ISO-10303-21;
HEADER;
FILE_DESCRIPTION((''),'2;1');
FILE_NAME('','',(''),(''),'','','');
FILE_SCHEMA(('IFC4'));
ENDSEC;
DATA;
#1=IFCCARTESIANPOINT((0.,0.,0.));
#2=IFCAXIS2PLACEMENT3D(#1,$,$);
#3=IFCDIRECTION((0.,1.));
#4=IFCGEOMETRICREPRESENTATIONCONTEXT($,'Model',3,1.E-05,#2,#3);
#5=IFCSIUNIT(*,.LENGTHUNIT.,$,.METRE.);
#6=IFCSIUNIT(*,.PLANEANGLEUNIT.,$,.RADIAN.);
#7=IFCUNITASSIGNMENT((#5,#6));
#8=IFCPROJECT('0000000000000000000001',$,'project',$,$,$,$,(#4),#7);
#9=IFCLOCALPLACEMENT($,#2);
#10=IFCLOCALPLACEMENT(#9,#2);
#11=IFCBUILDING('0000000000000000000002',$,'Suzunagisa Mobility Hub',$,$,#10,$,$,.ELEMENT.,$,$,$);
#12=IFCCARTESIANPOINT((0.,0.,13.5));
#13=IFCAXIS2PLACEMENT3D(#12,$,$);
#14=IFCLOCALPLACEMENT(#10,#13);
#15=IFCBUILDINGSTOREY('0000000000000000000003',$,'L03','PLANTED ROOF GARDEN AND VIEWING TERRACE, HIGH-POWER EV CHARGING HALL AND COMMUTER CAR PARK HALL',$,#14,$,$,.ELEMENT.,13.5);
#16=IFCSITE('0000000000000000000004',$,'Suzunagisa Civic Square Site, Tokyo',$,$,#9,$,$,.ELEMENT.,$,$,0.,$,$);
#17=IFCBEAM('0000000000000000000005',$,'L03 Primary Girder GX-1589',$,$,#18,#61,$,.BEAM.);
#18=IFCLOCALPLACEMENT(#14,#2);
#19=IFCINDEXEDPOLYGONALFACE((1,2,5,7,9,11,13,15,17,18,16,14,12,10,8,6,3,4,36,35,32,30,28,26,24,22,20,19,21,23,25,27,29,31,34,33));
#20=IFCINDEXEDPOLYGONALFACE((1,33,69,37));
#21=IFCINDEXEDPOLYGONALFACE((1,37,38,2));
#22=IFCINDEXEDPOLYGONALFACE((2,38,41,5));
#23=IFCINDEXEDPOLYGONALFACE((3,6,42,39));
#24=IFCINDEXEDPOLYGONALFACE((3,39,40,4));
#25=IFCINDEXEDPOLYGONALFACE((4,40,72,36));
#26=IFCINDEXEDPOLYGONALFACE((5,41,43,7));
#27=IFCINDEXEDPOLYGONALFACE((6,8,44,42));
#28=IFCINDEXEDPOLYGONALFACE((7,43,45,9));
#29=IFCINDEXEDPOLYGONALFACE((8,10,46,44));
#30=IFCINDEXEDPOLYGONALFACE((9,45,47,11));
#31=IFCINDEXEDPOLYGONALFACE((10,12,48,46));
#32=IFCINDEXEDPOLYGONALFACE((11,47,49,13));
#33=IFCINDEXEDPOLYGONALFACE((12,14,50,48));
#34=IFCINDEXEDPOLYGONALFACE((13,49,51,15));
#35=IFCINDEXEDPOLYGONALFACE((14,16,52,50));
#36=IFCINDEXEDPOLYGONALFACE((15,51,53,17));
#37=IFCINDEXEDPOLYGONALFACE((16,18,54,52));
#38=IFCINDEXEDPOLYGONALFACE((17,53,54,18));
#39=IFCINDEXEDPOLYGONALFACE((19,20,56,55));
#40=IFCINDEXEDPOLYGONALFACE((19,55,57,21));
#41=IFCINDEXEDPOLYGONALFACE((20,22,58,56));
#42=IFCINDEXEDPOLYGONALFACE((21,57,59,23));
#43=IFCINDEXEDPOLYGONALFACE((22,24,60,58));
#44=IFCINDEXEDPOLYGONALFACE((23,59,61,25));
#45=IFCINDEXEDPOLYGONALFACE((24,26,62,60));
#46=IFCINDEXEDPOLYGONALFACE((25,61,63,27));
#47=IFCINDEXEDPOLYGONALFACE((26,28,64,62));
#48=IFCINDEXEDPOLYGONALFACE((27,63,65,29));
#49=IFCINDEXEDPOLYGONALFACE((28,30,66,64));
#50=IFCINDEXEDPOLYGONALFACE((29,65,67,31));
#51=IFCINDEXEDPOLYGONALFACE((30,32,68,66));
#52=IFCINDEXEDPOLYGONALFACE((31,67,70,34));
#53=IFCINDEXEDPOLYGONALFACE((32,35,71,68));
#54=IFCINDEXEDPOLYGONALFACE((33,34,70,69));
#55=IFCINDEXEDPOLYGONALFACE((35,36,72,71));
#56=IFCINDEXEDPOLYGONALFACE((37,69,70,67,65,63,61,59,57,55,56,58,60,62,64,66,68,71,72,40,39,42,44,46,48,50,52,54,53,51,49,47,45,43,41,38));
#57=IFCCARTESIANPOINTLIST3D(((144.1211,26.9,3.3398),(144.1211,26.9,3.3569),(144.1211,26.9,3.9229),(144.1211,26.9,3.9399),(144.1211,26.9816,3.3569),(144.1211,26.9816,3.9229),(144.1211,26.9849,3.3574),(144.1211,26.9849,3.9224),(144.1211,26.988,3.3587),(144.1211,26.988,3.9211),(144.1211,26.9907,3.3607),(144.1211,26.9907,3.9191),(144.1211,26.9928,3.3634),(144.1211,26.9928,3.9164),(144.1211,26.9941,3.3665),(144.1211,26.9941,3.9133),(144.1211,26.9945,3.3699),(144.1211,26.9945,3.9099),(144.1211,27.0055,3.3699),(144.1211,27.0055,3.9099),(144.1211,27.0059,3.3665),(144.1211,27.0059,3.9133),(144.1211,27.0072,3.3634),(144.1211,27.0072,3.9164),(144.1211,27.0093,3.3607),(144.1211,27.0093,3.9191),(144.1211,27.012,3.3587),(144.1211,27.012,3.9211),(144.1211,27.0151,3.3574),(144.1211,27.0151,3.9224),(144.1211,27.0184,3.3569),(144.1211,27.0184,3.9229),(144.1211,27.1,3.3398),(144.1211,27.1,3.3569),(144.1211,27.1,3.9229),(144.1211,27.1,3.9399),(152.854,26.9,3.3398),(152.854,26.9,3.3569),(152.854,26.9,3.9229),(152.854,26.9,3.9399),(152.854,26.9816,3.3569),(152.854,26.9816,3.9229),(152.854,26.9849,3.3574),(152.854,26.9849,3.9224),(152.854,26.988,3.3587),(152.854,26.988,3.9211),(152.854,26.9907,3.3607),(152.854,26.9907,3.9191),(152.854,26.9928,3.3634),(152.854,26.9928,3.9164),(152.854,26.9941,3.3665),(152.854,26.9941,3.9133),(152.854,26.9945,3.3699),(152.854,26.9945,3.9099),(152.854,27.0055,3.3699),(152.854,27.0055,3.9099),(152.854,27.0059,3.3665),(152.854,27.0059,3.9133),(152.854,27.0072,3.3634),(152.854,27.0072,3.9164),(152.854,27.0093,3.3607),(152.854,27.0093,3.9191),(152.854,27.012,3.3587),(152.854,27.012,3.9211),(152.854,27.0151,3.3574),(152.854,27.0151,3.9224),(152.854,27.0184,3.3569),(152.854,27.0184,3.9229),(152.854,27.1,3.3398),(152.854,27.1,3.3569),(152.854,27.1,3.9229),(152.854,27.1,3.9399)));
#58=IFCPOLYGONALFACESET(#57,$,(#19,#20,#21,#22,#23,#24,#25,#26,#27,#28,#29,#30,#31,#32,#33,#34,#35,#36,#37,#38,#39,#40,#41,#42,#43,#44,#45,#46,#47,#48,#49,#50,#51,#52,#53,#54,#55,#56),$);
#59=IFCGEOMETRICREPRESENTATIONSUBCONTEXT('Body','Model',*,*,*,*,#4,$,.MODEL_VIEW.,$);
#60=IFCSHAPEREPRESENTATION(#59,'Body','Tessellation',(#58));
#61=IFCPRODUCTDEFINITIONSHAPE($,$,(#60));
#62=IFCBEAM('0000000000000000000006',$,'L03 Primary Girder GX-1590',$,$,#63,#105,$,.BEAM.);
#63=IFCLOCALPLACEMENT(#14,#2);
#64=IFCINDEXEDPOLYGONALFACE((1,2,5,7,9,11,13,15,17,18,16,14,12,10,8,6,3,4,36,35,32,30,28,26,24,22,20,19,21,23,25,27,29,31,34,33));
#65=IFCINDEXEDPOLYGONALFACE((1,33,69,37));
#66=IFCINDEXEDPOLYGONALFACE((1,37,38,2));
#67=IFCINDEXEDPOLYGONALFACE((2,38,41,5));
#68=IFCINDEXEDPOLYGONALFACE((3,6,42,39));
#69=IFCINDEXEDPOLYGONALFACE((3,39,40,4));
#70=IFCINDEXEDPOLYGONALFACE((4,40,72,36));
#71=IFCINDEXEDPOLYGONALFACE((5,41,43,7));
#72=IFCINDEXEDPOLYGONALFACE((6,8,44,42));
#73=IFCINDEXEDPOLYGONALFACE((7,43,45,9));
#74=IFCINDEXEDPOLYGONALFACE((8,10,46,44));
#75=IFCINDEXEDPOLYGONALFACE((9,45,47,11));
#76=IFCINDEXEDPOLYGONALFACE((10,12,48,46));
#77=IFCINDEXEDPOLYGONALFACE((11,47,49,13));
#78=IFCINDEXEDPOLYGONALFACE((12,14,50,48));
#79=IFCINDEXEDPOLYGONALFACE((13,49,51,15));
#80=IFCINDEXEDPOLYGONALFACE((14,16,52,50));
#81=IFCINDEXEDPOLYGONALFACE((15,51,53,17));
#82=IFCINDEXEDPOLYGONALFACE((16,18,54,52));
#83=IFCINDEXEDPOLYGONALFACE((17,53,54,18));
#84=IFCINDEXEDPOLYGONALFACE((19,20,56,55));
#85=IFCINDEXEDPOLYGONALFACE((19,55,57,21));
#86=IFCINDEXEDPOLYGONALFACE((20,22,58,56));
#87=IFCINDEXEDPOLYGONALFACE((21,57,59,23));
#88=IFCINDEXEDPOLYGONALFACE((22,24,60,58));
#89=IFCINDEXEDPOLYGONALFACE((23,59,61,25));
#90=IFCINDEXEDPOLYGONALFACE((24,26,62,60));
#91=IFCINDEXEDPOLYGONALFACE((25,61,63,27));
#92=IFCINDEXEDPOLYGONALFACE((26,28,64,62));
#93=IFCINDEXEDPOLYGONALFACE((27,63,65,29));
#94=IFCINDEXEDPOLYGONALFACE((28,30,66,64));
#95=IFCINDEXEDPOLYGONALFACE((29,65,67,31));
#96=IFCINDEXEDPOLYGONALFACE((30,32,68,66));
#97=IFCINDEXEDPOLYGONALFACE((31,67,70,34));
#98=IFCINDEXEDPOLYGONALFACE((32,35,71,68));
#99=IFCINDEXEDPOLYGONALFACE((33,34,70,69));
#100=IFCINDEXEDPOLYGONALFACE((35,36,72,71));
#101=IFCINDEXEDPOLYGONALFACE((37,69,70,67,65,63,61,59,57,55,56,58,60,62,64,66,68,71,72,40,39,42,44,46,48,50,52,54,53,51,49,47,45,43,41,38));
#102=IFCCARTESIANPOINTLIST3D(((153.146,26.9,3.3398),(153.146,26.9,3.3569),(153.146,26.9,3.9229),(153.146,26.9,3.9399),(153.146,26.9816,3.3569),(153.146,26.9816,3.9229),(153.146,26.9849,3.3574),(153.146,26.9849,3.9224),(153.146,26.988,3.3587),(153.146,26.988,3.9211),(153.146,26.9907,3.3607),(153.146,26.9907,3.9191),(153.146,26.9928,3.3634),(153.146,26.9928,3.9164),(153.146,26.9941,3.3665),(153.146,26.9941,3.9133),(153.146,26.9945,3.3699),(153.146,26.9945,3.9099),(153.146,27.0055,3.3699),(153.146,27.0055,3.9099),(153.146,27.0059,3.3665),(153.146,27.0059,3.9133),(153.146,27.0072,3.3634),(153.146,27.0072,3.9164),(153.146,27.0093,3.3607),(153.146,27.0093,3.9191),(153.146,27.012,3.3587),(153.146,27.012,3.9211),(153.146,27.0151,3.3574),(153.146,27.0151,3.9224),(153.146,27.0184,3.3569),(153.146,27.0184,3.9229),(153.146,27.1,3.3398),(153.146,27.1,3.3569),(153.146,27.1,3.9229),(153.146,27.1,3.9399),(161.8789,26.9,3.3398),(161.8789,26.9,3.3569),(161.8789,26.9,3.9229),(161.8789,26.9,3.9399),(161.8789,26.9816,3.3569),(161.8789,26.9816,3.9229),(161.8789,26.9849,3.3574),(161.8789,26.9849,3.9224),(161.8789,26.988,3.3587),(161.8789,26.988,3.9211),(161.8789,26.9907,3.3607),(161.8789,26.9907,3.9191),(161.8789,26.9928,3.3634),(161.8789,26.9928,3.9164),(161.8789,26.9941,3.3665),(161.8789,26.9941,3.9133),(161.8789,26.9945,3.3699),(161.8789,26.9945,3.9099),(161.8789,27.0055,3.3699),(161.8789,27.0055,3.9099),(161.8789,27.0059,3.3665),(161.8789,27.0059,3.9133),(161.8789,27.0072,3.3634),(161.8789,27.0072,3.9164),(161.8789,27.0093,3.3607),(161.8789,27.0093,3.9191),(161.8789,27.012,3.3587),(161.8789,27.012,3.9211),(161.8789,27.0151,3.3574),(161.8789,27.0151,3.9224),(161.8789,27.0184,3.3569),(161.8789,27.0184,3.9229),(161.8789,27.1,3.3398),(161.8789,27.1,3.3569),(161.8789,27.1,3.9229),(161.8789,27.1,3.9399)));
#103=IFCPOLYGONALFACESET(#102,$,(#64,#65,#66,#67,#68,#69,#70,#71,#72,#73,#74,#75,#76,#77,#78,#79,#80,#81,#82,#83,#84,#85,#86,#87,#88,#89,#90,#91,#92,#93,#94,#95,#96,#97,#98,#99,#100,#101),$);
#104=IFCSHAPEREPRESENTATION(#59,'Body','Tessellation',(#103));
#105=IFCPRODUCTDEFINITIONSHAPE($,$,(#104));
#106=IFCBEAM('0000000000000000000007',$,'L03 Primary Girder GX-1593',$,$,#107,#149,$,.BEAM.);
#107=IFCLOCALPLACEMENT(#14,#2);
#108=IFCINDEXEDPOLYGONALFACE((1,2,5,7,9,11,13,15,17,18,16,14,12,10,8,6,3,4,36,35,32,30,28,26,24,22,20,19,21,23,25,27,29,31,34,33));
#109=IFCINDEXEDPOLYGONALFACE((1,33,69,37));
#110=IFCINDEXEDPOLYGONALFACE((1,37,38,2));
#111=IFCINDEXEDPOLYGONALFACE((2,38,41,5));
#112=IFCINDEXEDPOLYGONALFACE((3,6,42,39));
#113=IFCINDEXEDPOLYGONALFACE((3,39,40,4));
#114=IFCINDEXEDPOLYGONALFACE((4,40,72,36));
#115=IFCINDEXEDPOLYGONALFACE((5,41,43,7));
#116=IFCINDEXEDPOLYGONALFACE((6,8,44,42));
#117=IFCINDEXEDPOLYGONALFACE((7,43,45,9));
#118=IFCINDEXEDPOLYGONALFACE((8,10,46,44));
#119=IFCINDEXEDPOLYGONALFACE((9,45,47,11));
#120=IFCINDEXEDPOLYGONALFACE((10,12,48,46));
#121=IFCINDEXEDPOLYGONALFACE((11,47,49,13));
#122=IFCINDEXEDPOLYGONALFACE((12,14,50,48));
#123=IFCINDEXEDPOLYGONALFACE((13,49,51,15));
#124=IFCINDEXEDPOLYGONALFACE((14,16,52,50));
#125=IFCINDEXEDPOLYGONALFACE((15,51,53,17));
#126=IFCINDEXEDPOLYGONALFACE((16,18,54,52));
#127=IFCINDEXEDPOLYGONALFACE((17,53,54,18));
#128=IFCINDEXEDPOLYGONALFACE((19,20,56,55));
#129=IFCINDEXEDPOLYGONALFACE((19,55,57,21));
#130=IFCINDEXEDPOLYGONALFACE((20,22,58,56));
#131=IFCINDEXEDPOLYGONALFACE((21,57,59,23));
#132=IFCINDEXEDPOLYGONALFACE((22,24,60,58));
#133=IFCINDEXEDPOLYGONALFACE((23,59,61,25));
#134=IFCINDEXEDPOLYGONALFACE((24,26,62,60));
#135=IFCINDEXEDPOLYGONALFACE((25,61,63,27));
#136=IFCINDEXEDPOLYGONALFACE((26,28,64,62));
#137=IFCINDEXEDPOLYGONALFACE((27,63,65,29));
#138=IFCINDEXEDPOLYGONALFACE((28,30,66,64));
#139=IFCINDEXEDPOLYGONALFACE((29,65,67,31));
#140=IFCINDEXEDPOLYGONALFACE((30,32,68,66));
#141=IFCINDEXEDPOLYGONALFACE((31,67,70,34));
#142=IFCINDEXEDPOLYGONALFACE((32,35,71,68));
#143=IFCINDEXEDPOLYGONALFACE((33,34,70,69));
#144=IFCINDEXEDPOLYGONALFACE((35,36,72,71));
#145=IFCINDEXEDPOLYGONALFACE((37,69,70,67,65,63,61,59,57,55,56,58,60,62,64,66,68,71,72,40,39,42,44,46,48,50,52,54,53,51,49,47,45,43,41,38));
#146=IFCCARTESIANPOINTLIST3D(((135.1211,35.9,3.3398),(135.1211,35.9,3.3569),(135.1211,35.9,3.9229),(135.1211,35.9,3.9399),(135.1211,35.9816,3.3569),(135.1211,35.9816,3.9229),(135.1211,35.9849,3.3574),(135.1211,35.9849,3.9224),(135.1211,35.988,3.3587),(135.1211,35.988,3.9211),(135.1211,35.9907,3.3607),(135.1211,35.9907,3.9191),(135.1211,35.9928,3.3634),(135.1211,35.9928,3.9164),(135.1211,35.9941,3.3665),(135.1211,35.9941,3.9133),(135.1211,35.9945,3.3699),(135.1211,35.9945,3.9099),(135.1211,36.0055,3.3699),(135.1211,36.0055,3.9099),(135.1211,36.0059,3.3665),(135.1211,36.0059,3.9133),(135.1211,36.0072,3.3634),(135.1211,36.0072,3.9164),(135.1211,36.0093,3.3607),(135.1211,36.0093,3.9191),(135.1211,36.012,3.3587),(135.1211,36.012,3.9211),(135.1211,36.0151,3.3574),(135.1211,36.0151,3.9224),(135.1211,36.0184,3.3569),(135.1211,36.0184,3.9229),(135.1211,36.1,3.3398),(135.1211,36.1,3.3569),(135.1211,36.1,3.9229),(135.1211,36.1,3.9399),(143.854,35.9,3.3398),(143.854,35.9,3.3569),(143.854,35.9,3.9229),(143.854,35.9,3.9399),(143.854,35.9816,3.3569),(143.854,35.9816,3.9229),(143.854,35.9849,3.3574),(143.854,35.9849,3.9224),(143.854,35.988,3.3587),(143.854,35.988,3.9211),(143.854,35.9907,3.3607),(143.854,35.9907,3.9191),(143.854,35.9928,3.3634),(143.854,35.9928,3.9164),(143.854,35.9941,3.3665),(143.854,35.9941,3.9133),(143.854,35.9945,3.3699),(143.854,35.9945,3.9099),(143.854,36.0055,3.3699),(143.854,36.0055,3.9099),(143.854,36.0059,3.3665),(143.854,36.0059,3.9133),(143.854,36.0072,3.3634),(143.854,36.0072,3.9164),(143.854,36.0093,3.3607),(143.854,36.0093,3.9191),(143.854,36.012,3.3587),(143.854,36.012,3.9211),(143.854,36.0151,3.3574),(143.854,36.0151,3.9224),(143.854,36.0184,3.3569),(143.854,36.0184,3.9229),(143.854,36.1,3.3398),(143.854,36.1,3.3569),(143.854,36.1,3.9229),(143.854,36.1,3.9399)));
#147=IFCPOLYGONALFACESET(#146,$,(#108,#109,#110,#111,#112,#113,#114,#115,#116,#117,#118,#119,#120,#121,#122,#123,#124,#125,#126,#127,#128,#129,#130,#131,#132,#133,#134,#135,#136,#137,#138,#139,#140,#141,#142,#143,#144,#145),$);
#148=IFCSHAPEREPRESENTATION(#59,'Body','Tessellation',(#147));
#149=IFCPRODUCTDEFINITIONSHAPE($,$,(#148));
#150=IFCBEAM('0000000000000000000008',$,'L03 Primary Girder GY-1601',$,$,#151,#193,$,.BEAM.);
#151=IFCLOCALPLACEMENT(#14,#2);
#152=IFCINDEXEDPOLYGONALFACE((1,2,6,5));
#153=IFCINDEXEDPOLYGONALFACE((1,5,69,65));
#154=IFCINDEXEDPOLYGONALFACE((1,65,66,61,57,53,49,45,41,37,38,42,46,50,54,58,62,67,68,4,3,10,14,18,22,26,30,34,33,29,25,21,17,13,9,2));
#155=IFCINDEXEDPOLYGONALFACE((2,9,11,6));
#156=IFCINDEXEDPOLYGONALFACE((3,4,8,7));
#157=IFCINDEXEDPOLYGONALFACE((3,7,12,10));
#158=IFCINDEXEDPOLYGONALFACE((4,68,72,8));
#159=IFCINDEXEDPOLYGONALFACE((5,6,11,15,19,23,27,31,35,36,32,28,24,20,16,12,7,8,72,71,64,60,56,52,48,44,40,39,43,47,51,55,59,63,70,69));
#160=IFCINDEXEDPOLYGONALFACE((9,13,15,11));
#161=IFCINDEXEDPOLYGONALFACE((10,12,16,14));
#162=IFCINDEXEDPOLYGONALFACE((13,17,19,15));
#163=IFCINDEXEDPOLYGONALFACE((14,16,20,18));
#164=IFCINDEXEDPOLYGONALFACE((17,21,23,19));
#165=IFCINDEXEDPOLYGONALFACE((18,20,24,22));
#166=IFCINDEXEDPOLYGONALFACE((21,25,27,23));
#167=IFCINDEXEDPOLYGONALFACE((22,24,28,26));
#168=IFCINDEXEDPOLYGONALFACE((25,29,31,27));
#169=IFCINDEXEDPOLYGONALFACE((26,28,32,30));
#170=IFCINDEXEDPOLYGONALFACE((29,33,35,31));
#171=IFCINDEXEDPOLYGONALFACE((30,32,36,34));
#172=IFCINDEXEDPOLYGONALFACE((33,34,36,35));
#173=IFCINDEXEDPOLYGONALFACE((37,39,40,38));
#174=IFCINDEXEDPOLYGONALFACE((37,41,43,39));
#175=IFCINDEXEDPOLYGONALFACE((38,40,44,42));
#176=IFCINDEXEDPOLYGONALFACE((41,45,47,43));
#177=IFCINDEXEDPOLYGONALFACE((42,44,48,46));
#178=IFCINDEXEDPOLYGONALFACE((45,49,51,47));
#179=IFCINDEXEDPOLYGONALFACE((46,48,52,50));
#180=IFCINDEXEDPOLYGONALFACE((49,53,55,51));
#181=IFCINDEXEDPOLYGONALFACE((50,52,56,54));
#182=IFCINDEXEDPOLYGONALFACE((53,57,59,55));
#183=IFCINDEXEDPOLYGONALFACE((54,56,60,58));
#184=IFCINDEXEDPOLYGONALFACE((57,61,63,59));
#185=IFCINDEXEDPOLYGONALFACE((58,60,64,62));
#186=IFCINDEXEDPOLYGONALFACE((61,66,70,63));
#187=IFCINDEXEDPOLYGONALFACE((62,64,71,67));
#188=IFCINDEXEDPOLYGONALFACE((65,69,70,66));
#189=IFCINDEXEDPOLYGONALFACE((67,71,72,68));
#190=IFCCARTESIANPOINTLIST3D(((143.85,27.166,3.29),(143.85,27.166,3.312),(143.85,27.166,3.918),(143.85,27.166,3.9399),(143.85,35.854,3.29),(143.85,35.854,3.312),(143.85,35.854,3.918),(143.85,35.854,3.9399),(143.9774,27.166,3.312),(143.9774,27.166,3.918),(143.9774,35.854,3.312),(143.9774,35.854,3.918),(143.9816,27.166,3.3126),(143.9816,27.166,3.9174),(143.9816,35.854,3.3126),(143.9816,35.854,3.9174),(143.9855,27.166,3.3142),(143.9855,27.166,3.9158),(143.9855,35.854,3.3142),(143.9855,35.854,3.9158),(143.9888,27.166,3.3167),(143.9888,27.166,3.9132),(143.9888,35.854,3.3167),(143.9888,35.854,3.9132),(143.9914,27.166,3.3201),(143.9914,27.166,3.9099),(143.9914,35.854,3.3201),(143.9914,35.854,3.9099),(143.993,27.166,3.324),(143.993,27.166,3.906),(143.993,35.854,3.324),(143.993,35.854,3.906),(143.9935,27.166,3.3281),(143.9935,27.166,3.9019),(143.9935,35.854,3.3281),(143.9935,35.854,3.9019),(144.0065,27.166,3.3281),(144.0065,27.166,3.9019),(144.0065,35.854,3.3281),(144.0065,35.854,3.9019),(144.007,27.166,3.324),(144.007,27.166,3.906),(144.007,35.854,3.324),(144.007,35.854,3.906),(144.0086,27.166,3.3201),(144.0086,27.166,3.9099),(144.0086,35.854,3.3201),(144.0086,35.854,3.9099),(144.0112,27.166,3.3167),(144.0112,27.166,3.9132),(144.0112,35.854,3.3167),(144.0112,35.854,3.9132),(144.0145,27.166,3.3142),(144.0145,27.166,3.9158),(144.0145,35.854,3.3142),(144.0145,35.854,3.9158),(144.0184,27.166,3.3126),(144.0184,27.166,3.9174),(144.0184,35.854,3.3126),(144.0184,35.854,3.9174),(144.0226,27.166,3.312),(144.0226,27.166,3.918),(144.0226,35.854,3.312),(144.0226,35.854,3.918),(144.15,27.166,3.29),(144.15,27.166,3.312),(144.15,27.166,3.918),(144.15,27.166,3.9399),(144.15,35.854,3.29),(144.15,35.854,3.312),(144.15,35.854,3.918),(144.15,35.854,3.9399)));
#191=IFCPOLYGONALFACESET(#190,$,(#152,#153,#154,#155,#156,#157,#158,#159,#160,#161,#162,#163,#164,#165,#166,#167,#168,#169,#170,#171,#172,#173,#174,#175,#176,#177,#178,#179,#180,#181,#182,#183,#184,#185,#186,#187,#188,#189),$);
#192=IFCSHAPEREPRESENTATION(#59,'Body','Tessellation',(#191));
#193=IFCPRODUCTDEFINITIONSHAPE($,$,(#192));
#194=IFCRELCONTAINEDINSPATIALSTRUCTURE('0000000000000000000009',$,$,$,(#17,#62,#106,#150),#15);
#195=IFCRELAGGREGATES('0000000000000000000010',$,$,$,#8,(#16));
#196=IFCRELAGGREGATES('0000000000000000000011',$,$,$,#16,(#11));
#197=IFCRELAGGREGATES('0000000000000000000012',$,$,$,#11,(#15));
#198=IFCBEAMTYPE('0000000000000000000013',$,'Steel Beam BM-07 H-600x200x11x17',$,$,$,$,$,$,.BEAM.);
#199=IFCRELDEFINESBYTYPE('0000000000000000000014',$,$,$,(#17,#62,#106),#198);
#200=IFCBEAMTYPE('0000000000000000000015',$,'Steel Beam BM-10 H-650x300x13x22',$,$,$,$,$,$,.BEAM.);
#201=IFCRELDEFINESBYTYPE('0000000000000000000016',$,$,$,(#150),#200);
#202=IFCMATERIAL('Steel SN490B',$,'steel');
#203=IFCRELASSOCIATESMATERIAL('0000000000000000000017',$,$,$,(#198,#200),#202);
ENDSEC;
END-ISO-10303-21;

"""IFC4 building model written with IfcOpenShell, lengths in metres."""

from ifc_helpers import new_model, si_unit, direction, frame, origin, origin_2d, place, context, subcontext, project, spatial, i_section, extrude, material, material_profile, profile_set, type_object, element, save


model = new_model("IFC4")

# Units and contexts
model_context = context("Model", 3, precision=1e-05, world=origin(), true_north=direction((0.0, 1.0)))
body_context = subcontext(model_context, "Body", "Model", "MODEL_VIEW")
ifc_project = project(units=[si_unit("LENGTHUNIT", "METRE"), si_unit("PLANEANGLEUNIT", "RADIAN")], contexts=[model_context])

# Site, building, storey
site_placement = place(None, origin())
site = spatial("IfcSite", under=ifc_project, at=site_placement, Name="Suzunagisa Civic Square Site, Tokyo", CompositionType="ELEMENT", RefElevation=0.0)
building_placement = place(site_placement, origin())
building = spatial("IfcBuilding", under=site, at=building_placement, Name="Suzunagisa Mobility Hub", CompositionType="ELEMENT")
storey_placement = place(building_placement, frame((0.0, 0.0, 13.5)))
storey = spatial("IfcBuildingStorey", under=building, at=storey_placement, Name="L03", Description="PLANTED ROOF GARDEN AND VIEWING TERRACE, HIGH-POWER EV CHARGING HALL AND COMMUTER CAR PARK HALL", CompositionType="ELEMENT", Elevation=13.5)

# Shared definitions
ifc_material_1 = material(Name="Steel SN490B", Category="steel")

# Beams
ifc_material_profile_1 = material_profile(ifc_material_1, i_section(OverallWidth=0.2, OverallDepth=0.6001, WebThickness=0.011, FlangeThickness=0.0171, FilletRadius=0.0129, at=origin_2d()), Name="H-600x200x11x17")
ifc_profile_set_1 = profile_set([ifc_material_profile_1], Name="Steel SN490B")
beam_type_1 = type_object("IfcBeamType", Name="Steel Beam BM-07 H-600x200x11x17", PredefinedType="BEAM", material=ifc_profile_set_1)
for number, where, z_axis, x_axis, name in (
    (1, (144.1211, 27.0, 3.6399), (1.0, 0.0, 0.0), (0.0, 1.0, 0.0), "L03 Primary Girder GX-1589"),
    (2, (153.146, 27.0, 3.6399), (1.0, 0.0, 0.0), (0.0, 1.0, 0.0), "L03 Primary Girder GX-1590"),
    (3, (135.1211, 36.0, 3.6399), (1.0, 0.0, 0.0), (0.0, 1.0, 0.0), "L03 Primary Girder GX-1593"),
):
    element("IfcBeam", number, at=place(storey_placement, frame(where, z_axis=z_axis, x_axis=x_axis)), inside=storey, type_object=beam_type_1, Name=name, PredefinedType="BEAM", context=body_context, shape_type="SweptSolid", body=[
        extrude(i_section(OverallWidth=0.2, OverallDepth=0.6001, WebThickness=0.011, FlangeThickness=0.0171, FilletRadius=0.0129, at=origin_2d()), origin(), (0.0, 0.0, 1.0), 8.7329),
    ])
ifc_material_profile_2 = material_profile(ifc_material_1, i_section(OverallWidth=0.3, OverallDepth=0.6499, WebThickness=0.0129, FlangeThickness=0.022, FilletRadius=0.0161, at=origin_2d()), Name="H-650x300x13x22")
ifc_profile_set_2 = profile_set([ifc_material_profile_2], Name="Steel SN490B")
beam_type_2 = type_object("IfcBeamType", Name="Steel Beam BM-10 H-650x300x13x22", PredefinedType="BEAM", material=ifc_profile_set_2)
for number, where, z_axis, x_axis, name in (
    (4, (144.0, 27.166, 3.615), (0.0, 1.0, 0.0), (-1.0, 0.0, 0.0), "L03 Primary Girder GY-1601"),
):
    element("IfcBeam", number, at=place(storey_placement, frame(where, z_axis=z_axis, x_axis=x_axis)), inside=storey, type_object=beam_type_2, Name=name, PredefinedType="BEAM", context=body_context, shape_type="SweptSolid", body=[
        extrude(i_section(OverallWidth=0.3, OverallDepth=0.6499, WebThickness=0.0129, FlangeThickness=0.022, FilletRadius=0.0161, at=origin_2d()), origin(), (0.0, 0.0, 1.0), 8.688),
    ])

save(model, "model.ifc")
